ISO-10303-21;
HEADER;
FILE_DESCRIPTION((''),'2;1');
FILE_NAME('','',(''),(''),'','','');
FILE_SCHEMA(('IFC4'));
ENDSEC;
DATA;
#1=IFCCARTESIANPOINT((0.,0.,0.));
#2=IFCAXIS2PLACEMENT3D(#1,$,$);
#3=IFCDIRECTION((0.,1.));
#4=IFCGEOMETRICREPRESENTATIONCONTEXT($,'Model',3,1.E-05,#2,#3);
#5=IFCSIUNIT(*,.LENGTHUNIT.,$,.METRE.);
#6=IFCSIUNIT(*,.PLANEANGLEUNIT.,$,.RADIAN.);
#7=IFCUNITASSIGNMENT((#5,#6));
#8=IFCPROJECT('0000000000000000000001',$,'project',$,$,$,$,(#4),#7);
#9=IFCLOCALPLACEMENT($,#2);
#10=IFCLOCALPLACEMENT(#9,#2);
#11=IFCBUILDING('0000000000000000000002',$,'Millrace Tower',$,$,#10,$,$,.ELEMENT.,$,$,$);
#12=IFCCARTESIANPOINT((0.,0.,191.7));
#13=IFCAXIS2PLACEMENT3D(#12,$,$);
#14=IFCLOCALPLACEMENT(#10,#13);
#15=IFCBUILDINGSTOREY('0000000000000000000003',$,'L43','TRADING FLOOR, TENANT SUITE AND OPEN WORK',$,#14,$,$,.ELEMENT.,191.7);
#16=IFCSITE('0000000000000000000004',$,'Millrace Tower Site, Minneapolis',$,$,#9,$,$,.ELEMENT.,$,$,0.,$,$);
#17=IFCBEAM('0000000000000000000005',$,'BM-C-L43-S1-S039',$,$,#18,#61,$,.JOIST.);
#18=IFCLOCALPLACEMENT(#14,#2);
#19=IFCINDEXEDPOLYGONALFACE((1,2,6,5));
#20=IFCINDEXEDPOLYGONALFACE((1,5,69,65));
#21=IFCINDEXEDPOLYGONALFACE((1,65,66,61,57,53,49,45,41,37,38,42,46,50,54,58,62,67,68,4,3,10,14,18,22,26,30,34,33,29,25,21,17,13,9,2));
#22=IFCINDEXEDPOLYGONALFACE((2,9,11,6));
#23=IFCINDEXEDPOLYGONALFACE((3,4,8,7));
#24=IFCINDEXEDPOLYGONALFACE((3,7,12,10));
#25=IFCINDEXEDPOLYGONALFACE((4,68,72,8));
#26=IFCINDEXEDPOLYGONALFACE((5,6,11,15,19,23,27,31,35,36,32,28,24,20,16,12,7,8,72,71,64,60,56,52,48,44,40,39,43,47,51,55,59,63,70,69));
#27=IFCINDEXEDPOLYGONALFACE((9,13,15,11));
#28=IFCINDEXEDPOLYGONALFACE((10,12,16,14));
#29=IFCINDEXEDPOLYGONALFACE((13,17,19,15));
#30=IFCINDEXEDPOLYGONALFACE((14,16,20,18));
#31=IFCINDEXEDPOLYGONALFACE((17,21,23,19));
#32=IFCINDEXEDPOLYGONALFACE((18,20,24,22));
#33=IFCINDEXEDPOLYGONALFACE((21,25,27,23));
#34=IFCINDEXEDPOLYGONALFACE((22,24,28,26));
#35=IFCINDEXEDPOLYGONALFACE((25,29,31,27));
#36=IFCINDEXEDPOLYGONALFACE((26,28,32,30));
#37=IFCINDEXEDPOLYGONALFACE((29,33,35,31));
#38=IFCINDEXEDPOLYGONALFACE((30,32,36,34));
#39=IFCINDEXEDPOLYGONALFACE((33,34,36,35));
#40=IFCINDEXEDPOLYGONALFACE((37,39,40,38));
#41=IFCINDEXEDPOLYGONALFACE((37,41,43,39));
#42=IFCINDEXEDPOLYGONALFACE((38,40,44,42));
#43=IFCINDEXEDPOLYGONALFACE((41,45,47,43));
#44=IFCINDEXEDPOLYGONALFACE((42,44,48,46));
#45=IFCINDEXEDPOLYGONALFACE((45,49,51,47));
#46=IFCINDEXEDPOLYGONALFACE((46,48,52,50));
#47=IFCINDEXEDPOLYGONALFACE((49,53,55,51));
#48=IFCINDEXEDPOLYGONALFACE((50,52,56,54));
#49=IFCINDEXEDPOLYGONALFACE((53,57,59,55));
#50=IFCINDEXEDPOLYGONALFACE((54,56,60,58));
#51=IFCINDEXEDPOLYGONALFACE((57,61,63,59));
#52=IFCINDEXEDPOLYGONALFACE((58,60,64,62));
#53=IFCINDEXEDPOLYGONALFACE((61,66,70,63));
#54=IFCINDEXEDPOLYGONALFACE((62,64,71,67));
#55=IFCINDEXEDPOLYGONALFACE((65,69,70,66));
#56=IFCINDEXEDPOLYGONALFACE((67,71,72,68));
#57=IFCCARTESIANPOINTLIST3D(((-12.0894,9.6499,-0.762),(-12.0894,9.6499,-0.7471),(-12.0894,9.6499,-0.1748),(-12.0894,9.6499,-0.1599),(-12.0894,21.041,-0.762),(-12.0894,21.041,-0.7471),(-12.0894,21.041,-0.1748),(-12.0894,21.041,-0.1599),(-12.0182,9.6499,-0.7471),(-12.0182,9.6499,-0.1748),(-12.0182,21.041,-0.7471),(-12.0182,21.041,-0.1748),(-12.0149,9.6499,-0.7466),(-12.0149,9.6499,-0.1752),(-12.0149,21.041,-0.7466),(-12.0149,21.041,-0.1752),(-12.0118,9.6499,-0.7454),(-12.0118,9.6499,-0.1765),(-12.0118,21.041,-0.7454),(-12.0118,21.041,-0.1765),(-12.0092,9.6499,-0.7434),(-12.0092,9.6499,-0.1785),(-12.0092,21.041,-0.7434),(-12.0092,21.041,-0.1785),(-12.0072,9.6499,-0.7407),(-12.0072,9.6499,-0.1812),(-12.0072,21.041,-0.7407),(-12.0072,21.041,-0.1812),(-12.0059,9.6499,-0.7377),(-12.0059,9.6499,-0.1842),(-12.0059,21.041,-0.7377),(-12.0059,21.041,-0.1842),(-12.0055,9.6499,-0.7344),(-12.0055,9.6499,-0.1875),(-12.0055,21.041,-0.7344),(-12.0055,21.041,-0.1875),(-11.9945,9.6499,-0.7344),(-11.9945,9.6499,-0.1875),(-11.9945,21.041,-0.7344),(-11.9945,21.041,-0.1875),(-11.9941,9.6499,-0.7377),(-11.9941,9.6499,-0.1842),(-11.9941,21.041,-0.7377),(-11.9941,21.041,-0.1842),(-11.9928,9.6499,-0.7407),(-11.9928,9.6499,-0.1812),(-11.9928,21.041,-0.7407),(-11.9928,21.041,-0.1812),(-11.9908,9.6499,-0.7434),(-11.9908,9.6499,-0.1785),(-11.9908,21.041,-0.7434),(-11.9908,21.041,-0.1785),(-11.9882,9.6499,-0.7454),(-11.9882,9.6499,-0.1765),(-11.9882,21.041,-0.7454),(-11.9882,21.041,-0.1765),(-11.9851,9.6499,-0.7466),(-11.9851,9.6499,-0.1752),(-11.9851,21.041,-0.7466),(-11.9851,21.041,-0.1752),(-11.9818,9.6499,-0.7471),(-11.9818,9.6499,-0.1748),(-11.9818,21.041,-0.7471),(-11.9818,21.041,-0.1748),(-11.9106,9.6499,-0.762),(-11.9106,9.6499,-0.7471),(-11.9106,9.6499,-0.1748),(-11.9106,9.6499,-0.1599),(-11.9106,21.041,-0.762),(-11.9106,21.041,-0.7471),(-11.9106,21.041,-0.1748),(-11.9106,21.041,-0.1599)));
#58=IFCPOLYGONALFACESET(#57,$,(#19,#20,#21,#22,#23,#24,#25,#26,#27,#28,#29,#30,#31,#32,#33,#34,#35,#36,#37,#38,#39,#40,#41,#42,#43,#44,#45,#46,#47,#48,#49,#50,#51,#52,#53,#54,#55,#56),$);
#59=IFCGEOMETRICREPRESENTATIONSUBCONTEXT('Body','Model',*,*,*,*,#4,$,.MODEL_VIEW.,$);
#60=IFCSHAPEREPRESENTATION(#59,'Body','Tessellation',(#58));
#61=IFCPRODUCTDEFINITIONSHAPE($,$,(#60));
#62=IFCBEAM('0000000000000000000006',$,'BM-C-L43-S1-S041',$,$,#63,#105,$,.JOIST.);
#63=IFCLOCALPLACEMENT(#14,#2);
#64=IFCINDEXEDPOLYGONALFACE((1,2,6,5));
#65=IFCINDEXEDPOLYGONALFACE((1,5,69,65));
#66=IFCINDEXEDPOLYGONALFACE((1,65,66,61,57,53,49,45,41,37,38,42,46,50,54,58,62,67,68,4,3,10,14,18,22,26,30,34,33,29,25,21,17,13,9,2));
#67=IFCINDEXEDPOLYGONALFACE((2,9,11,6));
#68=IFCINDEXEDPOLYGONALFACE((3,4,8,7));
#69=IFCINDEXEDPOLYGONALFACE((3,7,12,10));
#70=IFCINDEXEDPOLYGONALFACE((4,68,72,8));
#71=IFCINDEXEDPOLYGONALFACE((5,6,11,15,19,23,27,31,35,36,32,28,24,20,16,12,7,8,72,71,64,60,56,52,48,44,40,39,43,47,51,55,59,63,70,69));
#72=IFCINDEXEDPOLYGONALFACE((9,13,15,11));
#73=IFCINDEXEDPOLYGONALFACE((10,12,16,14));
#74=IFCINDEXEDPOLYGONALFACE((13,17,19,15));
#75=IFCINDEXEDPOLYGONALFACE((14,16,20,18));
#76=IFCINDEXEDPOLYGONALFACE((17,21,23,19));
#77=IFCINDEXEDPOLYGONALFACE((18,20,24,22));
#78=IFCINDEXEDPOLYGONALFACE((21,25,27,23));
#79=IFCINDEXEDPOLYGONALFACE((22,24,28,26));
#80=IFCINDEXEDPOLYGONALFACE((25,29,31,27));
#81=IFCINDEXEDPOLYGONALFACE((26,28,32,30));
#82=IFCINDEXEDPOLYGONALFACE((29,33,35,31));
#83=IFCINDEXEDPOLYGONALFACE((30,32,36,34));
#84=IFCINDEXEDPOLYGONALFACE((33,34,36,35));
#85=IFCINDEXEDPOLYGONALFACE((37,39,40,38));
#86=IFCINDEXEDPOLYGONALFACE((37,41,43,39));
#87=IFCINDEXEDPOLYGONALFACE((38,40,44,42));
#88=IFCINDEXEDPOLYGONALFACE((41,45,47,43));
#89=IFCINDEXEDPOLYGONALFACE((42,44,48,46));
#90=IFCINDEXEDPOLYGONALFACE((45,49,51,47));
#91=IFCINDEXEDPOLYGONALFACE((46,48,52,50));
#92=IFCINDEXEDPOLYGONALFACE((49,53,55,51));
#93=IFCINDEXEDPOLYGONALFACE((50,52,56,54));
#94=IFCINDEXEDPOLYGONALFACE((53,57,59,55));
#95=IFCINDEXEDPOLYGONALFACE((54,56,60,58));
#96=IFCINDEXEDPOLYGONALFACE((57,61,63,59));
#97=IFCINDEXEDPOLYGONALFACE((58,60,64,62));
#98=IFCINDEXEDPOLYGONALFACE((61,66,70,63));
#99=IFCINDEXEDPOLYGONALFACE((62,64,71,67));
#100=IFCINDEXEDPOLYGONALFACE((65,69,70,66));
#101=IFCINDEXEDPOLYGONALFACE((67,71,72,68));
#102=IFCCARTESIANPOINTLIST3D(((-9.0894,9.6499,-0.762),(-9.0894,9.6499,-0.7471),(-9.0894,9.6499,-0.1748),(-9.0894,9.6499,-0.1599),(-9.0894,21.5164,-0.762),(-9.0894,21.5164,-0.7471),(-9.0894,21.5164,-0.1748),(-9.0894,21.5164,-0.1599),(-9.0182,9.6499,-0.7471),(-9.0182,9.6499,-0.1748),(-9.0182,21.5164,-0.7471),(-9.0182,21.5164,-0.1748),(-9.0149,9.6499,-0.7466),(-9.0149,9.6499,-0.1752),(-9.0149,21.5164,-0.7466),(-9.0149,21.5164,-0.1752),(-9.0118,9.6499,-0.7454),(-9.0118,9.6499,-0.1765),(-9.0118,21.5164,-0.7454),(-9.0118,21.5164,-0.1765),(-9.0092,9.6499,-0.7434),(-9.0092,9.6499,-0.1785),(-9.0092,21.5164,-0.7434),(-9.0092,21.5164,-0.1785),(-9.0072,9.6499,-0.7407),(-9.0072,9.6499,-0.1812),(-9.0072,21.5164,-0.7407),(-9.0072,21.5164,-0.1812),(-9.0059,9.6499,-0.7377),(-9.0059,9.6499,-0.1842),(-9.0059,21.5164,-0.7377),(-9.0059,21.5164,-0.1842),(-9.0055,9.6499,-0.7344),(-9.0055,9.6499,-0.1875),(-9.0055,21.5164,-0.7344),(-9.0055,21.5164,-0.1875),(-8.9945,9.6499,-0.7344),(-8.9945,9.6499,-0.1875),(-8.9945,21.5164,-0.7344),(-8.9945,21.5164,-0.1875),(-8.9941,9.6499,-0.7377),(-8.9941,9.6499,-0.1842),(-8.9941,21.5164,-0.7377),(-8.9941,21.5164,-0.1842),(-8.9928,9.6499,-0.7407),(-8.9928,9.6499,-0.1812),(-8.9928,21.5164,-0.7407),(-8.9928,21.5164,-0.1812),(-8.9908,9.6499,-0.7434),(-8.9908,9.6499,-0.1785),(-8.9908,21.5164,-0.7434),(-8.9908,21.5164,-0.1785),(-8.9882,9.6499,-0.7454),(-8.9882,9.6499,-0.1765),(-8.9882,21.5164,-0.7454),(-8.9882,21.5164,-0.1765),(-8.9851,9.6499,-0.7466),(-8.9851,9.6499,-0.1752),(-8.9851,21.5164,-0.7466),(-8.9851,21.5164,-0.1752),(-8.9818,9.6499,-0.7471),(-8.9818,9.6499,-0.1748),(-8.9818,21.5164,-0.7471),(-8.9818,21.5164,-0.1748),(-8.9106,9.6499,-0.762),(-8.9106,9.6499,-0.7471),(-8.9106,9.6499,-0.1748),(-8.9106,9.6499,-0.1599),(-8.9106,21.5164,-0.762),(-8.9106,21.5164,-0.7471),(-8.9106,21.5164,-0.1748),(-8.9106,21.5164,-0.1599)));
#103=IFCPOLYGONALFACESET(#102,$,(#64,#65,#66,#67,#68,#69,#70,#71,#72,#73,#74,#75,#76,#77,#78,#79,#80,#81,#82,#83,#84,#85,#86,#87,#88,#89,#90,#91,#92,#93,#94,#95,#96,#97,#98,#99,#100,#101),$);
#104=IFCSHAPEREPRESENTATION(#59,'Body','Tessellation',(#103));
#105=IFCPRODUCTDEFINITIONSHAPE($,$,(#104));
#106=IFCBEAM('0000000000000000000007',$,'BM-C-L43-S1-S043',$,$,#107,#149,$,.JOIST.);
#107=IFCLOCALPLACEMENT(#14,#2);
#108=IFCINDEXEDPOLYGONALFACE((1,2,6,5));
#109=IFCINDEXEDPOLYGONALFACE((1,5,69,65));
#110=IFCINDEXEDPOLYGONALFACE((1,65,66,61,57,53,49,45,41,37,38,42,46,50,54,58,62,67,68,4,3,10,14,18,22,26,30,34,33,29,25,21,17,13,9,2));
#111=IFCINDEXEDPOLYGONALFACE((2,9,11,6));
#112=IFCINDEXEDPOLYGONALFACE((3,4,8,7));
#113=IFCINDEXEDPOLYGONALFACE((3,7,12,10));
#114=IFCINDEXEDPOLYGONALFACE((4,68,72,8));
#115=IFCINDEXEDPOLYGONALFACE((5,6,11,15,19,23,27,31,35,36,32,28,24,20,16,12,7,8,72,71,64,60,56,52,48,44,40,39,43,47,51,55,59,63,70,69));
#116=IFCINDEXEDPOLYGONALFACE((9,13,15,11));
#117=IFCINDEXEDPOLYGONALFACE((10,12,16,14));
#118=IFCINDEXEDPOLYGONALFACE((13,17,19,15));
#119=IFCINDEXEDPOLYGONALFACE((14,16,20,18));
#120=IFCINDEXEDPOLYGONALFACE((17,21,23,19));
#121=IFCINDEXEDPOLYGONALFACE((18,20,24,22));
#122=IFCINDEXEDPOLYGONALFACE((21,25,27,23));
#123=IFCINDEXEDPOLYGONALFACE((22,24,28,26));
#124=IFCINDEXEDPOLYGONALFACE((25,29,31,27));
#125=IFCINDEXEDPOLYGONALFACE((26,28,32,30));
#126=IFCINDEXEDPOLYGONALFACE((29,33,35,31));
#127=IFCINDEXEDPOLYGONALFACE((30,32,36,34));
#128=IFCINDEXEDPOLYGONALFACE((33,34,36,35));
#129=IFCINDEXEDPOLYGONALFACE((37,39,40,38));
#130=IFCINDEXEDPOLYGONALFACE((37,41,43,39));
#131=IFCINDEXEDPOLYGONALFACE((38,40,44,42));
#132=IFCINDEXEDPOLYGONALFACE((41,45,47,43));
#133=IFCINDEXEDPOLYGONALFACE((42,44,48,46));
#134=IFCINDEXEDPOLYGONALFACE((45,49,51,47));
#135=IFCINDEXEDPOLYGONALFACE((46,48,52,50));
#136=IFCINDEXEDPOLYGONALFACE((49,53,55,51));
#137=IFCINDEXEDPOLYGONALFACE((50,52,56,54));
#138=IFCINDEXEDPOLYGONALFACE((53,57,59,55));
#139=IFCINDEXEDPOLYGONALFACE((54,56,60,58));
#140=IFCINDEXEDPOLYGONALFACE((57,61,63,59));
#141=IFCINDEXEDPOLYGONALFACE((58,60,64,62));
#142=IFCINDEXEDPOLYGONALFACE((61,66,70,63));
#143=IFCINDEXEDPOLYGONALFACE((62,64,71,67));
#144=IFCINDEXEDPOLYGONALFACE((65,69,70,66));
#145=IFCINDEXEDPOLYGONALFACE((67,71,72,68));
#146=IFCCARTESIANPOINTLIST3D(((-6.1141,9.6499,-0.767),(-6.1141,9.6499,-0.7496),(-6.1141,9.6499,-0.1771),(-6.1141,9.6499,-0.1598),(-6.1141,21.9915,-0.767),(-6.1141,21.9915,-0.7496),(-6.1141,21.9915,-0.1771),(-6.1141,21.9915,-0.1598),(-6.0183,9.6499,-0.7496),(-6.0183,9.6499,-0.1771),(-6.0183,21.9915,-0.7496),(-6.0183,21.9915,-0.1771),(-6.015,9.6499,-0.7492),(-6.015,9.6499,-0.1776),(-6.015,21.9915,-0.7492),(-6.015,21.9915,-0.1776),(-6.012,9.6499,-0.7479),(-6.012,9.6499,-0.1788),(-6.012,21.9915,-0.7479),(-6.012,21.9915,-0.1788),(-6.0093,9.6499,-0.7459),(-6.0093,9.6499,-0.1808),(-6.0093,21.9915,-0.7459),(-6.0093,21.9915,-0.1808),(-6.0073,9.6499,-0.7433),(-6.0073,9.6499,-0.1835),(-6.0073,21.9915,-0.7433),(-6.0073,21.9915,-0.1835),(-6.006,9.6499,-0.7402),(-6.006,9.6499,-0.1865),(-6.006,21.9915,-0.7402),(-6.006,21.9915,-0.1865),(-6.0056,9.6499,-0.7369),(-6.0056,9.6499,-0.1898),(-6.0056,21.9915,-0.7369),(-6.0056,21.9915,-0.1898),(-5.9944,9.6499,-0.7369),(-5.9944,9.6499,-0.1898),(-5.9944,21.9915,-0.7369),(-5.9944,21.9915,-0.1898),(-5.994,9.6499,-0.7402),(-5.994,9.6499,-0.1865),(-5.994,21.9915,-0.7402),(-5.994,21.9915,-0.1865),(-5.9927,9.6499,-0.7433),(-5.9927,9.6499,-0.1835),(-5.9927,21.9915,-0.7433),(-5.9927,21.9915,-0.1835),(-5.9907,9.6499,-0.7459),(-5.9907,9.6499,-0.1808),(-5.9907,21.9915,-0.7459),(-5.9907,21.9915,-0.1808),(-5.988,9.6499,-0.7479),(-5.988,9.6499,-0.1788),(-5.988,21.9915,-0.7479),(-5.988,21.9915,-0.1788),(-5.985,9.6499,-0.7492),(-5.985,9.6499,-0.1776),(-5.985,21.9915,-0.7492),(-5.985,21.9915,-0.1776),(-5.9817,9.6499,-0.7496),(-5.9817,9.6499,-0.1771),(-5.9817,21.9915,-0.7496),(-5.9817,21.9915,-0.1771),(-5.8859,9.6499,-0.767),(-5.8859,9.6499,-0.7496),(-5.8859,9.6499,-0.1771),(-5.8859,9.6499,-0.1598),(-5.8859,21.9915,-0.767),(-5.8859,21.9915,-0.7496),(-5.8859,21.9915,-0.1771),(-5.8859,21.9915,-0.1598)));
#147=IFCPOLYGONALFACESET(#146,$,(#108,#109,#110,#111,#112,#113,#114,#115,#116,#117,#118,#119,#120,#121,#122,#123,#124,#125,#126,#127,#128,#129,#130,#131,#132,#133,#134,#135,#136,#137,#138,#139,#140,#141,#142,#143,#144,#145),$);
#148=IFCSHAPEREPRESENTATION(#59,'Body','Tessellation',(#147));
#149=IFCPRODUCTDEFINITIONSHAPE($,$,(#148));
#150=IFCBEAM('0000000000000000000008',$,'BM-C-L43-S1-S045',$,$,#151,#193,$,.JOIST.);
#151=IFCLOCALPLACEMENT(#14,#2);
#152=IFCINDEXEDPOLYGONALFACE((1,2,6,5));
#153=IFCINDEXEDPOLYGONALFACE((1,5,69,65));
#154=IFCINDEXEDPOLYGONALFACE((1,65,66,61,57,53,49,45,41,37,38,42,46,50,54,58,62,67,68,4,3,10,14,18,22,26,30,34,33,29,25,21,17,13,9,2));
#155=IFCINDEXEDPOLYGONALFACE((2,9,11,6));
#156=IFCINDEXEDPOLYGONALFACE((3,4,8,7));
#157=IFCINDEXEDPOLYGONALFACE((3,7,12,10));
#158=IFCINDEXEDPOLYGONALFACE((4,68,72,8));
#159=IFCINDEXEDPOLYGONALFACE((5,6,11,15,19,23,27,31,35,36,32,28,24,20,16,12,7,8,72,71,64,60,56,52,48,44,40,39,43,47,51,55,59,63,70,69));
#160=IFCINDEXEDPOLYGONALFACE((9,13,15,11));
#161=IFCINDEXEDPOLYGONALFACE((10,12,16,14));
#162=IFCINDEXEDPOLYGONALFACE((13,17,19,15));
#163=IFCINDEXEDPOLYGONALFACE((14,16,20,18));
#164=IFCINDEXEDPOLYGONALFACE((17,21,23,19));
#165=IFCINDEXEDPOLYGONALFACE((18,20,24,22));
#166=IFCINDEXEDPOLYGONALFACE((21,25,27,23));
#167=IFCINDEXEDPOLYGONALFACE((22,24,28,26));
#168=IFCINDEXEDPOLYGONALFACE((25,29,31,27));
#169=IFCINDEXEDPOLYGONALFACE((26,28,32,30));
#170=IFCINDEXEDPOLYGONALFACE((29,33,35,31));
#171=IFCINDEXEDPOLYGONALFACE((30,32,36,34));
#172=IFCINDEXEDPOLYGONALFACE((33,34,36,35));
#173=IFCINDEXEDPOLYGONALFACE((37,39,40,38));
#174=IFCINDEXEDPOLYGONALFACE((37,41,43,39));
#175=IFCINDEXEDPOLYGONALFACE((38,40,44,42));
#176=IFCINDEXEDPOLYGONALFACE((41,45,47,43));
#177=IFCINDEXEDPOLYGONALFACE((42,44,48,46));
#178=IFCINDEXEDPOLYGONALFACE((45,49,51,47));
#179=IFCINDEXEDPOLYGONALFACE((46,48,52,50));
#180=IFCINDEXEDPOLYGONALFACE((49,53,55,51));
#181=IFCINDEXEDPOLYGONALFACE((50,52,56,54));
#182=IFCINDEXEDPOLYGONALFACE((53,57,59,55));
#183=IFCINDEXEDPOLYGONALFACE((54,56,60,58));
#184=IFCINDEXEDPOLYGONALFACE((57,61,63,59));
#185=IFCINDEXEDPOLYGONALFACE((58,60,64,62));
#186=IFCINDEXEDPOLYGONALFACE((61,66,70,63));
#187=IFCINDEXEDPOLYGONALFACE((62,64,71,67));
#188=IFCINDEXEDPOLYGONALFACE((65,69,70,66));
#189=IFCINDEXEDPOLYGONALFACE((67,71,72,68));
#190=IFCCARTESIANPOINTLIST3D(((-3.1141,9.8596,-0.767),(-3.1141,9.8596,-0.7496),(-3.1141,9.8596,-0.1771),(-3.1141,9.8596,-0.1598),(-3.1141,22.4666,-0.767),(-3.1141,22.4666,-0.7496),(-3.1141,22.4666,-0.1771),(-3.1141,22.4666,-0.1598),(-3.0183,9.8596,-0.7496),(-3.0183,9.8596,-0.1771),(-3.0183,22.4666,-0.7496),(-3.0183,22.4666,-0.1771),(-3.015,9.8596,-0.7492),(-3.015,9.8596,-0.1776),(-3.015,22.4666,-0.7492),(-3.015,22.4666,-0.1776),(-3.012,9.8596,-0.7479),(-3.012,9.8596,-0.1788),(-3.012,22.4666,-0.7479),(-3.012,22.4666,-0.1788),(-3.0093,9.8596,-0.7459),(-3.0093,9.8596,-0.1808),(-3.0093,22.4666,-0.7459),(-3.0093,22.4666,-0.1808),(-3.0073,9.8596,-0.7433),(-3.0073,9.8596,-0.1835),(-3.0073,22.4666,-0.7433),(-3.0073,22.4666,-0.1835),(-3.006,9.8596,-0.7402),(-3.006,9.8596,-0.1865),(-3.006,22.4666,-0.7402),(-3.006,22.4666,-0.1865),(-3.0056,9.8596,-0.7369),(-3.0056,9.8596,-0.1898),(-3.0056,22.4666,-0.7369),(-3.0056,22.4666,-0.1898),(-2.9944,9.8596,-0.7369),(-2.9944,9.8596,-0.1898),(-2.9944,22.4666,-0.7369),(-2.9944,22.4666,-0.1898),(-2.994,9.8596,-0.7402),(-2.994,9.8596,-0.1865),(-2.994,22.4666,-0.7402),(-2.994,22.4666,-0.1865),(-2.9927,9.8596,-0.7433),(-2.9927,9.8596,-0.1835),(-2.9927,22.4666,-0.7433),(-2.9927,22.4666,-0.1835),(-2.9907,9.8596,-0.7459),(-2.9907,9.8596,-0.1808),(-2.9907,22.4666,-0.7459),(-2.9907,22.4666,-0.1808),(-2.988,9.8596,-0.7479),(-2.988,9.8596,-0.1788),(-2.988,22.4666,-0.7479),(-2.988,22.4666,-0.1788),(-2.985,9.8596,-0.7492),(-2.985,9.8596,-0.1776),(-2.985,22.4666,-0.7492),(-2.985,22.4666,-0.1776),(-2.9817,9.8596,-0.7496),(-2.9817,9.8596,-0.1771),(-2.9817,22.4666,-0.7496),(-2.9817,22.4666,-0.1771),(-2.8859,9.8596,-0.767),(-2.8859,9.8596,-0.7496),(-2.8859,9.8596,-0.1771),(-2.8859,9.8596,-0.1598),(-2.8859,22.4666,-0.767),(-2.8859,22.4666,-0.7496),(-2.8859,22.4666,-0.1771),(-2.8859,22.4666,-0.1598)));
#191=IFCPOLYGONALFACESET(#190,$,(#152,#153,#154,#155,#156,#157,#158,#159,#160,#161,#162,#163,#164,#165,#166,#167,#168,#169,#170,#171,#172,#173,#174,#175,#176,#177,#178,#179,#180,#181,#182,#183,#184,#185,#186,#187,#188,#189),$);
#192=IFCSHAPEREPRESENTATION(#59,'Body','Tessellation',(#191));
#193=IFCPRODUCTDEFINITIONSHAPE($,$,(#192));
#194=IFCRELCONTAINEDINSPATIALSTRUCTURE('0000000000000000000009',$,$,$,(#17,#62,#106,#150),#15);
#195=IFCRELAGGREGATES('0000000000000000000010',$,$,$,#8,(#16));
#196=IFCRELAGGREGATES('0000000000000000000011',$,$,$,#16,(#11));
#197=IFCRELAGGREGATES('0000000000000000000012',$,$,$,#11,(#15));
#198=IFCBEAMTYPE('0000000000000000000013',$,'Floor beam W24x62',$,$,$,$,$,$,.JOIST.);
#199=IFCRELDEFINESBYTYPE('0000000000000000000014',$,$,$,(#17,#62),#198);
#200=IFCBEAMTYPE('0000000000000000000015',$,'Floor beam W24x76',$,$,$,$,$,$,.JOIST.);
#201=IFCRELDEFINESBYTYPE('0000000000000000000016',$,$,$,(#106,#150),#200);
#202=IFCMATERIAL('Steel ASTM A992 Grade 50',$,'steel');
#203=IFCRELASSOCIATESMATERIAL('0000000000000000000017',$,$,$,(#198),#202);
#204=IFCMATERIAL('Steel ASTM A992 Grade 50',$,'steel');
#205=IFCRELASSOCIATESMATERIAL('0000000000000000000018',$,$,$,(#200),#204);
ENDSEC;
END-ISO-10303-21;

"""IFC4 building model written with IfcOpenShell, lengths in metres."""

from ifc_helpers import new_model, si_unit, direction, frame, origin, origin_2d, place, context, subcontext, project, spatial, i_section, extrude, material, material_profile, profile_set, type_object, element, save


model = new_model("IFC4")

# Units and contexts
model_context = context("Model", 3, precision=1e-05, world=origin(), true_north=direction((0.0, 1.0)))
body_context = subcontext(model_context, "Body", "Model", "MODEL_VIEW")
ifc_project = project(units=[si_unit("LENGTHUNIT", "METRE"), si_unit("PLANEANGLEUNIT", "RADIAN")], contexts=[model_context])

# Site, building, storey
site_placement = place(None, origin())
site = spatial("IfcSite", under=ifc_project, at=site_placement, Name="Millrace Tower Site, Minneapolis", CompositionType="ELEMENT", RefElevation=0.0)
building_placement = place(site_placement, origin())
building = spatial("IfcBuilding", under=site, at=building_placement, Name="Millrace Tower", CompositionType="ELEMENT")
storey_placement = place(building_placement, frame((0.0, 0.0, 191.7)))
storey = spatial("IfcBuildingStorey", under=building, at=storey_placement, Name="L43", Description="TRADING FLOOR, TENANT SUITE AND OPEN WORK", CompositionType="ELEMENT", Elevation=191.7)

# Beams
ifc_material_1 = material(Name="Steel ASTM A992 Grade 50", Category="steel")
ifc_material_profile_1 = material_profile(ifc_material_1, i_section(OverallWidth=0.1787, OverallDepth=0.6021, WebThickness=0.011, FlangeThickness=0.0149, FilletRadius=0.0127, at=origin_2d()))
ifc_profile_set_1 = profile_set([ifc_material_profile_1], Name="Steel ASTM A992 Grade 50")
beam_type_1 = type_object("IfcBeamType", Name="Floor beam W24x62", PredefinedType="JOIST", material=ifc_profile_set_1)
beam_1_placement = place(storey_placement, frame((-12.0, 9.6499, -0.4609), z_axis=(0.0, 1.0, 0.0), x_axis=(-1.0, 0.0, 0.0)))
element("IfcBeam", 1, at=beam_1_placement, inside=storey, type_object=beam_type_1, Name="BM-C-L43-S1-S039", PredefinedType="JOIST", context=body_context, shape_type="SweptSolid", body=[
    extrude(i_section(OverallWidth=0.1787, OverallDepth=0.6021, WebThickness=0.011, FlangeThickness=0.0149, FilletRadius=0.0127, at=origin_2d()), origin(), (0.0, 0.0, 1.0), 11.3911),
])
beam_2_placement = place(storey_placement, frame((-9.0, 9.6499, -0.4609), z_axis=(0.0, 1.0, 0.0), x_axis=(-1.0, 0.0, 0.0)))
element("IfcBeam", 2, at=beam_2_placement, inside=storey, type_object=beam_type_1, Name="BM-C-L43-S1-S041", PredefinedType="JOIST", context=body_context, shape_type="SweptSolid", body=[
    extrude(i_section(OverallWidth=0.1787, OverallDepth=0.6021, WebThickness=0.011, FlangeThickness=0.0149, FilletRadius=0.0127, at=origin_2d()), origin(), (0.0, 0.0, 1.0), 11.8665),
])
ifc_material_2 = material(Name="Steel ASTM A992 Grade 50", Category="steel")
ifc_material_profile_2 = material_profile(ifc_material_2, i_section(OverallWidth=0.2283, OverallDepth=0.6072, WebThickness=0.0112, FlangeThickness=0.0173, FilletRadius=0.0127, at=origin_2d()))
ifc_profile_set_2 = profile_set([ifc_material_profile_2], Name="Steel ASTM A992 Grade 50")
beam_type_2 = type_object("IfcBeamType", Name="Floor beam W24x76", PredefinedType="JOIST", material=ifc_profile_set_2)
beam_3_placement = place(storey_placement, frame((-6.0, 9.6499, -0.4634), z_axis=(0.0, 1.0, 0.0), x_axis=(-1.0, 0.0, 0.0)))
element("IfcBeam", 3, at=beam_3_placement, inside=storey, type_object=beam_type_2, Name="BM-C-L43-S1-S043", PredefinedType="JOIST", context=body_context, shape_type="SweptSolid", body=[
    extrude(i_section(OverallWidth=0.2283, OverallDepth=0.6072, WebThickness=0.0112, FlangeThickness=0.0173, FilletRadius=0.0127, at=origin_2d()), origin(), (0.0, 0.0, 1.0), 12.3416),
])
beam_4_placement = place(storey_placement, frame((-3.0, 9.8596, -0.4634), z_axis=(0.0, 1.0, 0.0), x_axis=(-1.0, 0.0, 0.0)))
element("IfcBeam", 4, at=beam_4_placement, inside=storey, type_object=beam_type_2, Name="BM-C-L43-S1-S045", PredefinedType="JOIST", context=body_context, shape_type="SweptSolid", body=[
    extrude(i_section(OverallWidth=0.2283, OverallDepth=0.6072, WebThickness=0.0112, FlangeThickness=0.0173, FilletRadius=0.0127, at=origin_2d()), origin(), (0.0, 0.0, 1.0), 12.6069),
])

save(model, "model.ifc")
